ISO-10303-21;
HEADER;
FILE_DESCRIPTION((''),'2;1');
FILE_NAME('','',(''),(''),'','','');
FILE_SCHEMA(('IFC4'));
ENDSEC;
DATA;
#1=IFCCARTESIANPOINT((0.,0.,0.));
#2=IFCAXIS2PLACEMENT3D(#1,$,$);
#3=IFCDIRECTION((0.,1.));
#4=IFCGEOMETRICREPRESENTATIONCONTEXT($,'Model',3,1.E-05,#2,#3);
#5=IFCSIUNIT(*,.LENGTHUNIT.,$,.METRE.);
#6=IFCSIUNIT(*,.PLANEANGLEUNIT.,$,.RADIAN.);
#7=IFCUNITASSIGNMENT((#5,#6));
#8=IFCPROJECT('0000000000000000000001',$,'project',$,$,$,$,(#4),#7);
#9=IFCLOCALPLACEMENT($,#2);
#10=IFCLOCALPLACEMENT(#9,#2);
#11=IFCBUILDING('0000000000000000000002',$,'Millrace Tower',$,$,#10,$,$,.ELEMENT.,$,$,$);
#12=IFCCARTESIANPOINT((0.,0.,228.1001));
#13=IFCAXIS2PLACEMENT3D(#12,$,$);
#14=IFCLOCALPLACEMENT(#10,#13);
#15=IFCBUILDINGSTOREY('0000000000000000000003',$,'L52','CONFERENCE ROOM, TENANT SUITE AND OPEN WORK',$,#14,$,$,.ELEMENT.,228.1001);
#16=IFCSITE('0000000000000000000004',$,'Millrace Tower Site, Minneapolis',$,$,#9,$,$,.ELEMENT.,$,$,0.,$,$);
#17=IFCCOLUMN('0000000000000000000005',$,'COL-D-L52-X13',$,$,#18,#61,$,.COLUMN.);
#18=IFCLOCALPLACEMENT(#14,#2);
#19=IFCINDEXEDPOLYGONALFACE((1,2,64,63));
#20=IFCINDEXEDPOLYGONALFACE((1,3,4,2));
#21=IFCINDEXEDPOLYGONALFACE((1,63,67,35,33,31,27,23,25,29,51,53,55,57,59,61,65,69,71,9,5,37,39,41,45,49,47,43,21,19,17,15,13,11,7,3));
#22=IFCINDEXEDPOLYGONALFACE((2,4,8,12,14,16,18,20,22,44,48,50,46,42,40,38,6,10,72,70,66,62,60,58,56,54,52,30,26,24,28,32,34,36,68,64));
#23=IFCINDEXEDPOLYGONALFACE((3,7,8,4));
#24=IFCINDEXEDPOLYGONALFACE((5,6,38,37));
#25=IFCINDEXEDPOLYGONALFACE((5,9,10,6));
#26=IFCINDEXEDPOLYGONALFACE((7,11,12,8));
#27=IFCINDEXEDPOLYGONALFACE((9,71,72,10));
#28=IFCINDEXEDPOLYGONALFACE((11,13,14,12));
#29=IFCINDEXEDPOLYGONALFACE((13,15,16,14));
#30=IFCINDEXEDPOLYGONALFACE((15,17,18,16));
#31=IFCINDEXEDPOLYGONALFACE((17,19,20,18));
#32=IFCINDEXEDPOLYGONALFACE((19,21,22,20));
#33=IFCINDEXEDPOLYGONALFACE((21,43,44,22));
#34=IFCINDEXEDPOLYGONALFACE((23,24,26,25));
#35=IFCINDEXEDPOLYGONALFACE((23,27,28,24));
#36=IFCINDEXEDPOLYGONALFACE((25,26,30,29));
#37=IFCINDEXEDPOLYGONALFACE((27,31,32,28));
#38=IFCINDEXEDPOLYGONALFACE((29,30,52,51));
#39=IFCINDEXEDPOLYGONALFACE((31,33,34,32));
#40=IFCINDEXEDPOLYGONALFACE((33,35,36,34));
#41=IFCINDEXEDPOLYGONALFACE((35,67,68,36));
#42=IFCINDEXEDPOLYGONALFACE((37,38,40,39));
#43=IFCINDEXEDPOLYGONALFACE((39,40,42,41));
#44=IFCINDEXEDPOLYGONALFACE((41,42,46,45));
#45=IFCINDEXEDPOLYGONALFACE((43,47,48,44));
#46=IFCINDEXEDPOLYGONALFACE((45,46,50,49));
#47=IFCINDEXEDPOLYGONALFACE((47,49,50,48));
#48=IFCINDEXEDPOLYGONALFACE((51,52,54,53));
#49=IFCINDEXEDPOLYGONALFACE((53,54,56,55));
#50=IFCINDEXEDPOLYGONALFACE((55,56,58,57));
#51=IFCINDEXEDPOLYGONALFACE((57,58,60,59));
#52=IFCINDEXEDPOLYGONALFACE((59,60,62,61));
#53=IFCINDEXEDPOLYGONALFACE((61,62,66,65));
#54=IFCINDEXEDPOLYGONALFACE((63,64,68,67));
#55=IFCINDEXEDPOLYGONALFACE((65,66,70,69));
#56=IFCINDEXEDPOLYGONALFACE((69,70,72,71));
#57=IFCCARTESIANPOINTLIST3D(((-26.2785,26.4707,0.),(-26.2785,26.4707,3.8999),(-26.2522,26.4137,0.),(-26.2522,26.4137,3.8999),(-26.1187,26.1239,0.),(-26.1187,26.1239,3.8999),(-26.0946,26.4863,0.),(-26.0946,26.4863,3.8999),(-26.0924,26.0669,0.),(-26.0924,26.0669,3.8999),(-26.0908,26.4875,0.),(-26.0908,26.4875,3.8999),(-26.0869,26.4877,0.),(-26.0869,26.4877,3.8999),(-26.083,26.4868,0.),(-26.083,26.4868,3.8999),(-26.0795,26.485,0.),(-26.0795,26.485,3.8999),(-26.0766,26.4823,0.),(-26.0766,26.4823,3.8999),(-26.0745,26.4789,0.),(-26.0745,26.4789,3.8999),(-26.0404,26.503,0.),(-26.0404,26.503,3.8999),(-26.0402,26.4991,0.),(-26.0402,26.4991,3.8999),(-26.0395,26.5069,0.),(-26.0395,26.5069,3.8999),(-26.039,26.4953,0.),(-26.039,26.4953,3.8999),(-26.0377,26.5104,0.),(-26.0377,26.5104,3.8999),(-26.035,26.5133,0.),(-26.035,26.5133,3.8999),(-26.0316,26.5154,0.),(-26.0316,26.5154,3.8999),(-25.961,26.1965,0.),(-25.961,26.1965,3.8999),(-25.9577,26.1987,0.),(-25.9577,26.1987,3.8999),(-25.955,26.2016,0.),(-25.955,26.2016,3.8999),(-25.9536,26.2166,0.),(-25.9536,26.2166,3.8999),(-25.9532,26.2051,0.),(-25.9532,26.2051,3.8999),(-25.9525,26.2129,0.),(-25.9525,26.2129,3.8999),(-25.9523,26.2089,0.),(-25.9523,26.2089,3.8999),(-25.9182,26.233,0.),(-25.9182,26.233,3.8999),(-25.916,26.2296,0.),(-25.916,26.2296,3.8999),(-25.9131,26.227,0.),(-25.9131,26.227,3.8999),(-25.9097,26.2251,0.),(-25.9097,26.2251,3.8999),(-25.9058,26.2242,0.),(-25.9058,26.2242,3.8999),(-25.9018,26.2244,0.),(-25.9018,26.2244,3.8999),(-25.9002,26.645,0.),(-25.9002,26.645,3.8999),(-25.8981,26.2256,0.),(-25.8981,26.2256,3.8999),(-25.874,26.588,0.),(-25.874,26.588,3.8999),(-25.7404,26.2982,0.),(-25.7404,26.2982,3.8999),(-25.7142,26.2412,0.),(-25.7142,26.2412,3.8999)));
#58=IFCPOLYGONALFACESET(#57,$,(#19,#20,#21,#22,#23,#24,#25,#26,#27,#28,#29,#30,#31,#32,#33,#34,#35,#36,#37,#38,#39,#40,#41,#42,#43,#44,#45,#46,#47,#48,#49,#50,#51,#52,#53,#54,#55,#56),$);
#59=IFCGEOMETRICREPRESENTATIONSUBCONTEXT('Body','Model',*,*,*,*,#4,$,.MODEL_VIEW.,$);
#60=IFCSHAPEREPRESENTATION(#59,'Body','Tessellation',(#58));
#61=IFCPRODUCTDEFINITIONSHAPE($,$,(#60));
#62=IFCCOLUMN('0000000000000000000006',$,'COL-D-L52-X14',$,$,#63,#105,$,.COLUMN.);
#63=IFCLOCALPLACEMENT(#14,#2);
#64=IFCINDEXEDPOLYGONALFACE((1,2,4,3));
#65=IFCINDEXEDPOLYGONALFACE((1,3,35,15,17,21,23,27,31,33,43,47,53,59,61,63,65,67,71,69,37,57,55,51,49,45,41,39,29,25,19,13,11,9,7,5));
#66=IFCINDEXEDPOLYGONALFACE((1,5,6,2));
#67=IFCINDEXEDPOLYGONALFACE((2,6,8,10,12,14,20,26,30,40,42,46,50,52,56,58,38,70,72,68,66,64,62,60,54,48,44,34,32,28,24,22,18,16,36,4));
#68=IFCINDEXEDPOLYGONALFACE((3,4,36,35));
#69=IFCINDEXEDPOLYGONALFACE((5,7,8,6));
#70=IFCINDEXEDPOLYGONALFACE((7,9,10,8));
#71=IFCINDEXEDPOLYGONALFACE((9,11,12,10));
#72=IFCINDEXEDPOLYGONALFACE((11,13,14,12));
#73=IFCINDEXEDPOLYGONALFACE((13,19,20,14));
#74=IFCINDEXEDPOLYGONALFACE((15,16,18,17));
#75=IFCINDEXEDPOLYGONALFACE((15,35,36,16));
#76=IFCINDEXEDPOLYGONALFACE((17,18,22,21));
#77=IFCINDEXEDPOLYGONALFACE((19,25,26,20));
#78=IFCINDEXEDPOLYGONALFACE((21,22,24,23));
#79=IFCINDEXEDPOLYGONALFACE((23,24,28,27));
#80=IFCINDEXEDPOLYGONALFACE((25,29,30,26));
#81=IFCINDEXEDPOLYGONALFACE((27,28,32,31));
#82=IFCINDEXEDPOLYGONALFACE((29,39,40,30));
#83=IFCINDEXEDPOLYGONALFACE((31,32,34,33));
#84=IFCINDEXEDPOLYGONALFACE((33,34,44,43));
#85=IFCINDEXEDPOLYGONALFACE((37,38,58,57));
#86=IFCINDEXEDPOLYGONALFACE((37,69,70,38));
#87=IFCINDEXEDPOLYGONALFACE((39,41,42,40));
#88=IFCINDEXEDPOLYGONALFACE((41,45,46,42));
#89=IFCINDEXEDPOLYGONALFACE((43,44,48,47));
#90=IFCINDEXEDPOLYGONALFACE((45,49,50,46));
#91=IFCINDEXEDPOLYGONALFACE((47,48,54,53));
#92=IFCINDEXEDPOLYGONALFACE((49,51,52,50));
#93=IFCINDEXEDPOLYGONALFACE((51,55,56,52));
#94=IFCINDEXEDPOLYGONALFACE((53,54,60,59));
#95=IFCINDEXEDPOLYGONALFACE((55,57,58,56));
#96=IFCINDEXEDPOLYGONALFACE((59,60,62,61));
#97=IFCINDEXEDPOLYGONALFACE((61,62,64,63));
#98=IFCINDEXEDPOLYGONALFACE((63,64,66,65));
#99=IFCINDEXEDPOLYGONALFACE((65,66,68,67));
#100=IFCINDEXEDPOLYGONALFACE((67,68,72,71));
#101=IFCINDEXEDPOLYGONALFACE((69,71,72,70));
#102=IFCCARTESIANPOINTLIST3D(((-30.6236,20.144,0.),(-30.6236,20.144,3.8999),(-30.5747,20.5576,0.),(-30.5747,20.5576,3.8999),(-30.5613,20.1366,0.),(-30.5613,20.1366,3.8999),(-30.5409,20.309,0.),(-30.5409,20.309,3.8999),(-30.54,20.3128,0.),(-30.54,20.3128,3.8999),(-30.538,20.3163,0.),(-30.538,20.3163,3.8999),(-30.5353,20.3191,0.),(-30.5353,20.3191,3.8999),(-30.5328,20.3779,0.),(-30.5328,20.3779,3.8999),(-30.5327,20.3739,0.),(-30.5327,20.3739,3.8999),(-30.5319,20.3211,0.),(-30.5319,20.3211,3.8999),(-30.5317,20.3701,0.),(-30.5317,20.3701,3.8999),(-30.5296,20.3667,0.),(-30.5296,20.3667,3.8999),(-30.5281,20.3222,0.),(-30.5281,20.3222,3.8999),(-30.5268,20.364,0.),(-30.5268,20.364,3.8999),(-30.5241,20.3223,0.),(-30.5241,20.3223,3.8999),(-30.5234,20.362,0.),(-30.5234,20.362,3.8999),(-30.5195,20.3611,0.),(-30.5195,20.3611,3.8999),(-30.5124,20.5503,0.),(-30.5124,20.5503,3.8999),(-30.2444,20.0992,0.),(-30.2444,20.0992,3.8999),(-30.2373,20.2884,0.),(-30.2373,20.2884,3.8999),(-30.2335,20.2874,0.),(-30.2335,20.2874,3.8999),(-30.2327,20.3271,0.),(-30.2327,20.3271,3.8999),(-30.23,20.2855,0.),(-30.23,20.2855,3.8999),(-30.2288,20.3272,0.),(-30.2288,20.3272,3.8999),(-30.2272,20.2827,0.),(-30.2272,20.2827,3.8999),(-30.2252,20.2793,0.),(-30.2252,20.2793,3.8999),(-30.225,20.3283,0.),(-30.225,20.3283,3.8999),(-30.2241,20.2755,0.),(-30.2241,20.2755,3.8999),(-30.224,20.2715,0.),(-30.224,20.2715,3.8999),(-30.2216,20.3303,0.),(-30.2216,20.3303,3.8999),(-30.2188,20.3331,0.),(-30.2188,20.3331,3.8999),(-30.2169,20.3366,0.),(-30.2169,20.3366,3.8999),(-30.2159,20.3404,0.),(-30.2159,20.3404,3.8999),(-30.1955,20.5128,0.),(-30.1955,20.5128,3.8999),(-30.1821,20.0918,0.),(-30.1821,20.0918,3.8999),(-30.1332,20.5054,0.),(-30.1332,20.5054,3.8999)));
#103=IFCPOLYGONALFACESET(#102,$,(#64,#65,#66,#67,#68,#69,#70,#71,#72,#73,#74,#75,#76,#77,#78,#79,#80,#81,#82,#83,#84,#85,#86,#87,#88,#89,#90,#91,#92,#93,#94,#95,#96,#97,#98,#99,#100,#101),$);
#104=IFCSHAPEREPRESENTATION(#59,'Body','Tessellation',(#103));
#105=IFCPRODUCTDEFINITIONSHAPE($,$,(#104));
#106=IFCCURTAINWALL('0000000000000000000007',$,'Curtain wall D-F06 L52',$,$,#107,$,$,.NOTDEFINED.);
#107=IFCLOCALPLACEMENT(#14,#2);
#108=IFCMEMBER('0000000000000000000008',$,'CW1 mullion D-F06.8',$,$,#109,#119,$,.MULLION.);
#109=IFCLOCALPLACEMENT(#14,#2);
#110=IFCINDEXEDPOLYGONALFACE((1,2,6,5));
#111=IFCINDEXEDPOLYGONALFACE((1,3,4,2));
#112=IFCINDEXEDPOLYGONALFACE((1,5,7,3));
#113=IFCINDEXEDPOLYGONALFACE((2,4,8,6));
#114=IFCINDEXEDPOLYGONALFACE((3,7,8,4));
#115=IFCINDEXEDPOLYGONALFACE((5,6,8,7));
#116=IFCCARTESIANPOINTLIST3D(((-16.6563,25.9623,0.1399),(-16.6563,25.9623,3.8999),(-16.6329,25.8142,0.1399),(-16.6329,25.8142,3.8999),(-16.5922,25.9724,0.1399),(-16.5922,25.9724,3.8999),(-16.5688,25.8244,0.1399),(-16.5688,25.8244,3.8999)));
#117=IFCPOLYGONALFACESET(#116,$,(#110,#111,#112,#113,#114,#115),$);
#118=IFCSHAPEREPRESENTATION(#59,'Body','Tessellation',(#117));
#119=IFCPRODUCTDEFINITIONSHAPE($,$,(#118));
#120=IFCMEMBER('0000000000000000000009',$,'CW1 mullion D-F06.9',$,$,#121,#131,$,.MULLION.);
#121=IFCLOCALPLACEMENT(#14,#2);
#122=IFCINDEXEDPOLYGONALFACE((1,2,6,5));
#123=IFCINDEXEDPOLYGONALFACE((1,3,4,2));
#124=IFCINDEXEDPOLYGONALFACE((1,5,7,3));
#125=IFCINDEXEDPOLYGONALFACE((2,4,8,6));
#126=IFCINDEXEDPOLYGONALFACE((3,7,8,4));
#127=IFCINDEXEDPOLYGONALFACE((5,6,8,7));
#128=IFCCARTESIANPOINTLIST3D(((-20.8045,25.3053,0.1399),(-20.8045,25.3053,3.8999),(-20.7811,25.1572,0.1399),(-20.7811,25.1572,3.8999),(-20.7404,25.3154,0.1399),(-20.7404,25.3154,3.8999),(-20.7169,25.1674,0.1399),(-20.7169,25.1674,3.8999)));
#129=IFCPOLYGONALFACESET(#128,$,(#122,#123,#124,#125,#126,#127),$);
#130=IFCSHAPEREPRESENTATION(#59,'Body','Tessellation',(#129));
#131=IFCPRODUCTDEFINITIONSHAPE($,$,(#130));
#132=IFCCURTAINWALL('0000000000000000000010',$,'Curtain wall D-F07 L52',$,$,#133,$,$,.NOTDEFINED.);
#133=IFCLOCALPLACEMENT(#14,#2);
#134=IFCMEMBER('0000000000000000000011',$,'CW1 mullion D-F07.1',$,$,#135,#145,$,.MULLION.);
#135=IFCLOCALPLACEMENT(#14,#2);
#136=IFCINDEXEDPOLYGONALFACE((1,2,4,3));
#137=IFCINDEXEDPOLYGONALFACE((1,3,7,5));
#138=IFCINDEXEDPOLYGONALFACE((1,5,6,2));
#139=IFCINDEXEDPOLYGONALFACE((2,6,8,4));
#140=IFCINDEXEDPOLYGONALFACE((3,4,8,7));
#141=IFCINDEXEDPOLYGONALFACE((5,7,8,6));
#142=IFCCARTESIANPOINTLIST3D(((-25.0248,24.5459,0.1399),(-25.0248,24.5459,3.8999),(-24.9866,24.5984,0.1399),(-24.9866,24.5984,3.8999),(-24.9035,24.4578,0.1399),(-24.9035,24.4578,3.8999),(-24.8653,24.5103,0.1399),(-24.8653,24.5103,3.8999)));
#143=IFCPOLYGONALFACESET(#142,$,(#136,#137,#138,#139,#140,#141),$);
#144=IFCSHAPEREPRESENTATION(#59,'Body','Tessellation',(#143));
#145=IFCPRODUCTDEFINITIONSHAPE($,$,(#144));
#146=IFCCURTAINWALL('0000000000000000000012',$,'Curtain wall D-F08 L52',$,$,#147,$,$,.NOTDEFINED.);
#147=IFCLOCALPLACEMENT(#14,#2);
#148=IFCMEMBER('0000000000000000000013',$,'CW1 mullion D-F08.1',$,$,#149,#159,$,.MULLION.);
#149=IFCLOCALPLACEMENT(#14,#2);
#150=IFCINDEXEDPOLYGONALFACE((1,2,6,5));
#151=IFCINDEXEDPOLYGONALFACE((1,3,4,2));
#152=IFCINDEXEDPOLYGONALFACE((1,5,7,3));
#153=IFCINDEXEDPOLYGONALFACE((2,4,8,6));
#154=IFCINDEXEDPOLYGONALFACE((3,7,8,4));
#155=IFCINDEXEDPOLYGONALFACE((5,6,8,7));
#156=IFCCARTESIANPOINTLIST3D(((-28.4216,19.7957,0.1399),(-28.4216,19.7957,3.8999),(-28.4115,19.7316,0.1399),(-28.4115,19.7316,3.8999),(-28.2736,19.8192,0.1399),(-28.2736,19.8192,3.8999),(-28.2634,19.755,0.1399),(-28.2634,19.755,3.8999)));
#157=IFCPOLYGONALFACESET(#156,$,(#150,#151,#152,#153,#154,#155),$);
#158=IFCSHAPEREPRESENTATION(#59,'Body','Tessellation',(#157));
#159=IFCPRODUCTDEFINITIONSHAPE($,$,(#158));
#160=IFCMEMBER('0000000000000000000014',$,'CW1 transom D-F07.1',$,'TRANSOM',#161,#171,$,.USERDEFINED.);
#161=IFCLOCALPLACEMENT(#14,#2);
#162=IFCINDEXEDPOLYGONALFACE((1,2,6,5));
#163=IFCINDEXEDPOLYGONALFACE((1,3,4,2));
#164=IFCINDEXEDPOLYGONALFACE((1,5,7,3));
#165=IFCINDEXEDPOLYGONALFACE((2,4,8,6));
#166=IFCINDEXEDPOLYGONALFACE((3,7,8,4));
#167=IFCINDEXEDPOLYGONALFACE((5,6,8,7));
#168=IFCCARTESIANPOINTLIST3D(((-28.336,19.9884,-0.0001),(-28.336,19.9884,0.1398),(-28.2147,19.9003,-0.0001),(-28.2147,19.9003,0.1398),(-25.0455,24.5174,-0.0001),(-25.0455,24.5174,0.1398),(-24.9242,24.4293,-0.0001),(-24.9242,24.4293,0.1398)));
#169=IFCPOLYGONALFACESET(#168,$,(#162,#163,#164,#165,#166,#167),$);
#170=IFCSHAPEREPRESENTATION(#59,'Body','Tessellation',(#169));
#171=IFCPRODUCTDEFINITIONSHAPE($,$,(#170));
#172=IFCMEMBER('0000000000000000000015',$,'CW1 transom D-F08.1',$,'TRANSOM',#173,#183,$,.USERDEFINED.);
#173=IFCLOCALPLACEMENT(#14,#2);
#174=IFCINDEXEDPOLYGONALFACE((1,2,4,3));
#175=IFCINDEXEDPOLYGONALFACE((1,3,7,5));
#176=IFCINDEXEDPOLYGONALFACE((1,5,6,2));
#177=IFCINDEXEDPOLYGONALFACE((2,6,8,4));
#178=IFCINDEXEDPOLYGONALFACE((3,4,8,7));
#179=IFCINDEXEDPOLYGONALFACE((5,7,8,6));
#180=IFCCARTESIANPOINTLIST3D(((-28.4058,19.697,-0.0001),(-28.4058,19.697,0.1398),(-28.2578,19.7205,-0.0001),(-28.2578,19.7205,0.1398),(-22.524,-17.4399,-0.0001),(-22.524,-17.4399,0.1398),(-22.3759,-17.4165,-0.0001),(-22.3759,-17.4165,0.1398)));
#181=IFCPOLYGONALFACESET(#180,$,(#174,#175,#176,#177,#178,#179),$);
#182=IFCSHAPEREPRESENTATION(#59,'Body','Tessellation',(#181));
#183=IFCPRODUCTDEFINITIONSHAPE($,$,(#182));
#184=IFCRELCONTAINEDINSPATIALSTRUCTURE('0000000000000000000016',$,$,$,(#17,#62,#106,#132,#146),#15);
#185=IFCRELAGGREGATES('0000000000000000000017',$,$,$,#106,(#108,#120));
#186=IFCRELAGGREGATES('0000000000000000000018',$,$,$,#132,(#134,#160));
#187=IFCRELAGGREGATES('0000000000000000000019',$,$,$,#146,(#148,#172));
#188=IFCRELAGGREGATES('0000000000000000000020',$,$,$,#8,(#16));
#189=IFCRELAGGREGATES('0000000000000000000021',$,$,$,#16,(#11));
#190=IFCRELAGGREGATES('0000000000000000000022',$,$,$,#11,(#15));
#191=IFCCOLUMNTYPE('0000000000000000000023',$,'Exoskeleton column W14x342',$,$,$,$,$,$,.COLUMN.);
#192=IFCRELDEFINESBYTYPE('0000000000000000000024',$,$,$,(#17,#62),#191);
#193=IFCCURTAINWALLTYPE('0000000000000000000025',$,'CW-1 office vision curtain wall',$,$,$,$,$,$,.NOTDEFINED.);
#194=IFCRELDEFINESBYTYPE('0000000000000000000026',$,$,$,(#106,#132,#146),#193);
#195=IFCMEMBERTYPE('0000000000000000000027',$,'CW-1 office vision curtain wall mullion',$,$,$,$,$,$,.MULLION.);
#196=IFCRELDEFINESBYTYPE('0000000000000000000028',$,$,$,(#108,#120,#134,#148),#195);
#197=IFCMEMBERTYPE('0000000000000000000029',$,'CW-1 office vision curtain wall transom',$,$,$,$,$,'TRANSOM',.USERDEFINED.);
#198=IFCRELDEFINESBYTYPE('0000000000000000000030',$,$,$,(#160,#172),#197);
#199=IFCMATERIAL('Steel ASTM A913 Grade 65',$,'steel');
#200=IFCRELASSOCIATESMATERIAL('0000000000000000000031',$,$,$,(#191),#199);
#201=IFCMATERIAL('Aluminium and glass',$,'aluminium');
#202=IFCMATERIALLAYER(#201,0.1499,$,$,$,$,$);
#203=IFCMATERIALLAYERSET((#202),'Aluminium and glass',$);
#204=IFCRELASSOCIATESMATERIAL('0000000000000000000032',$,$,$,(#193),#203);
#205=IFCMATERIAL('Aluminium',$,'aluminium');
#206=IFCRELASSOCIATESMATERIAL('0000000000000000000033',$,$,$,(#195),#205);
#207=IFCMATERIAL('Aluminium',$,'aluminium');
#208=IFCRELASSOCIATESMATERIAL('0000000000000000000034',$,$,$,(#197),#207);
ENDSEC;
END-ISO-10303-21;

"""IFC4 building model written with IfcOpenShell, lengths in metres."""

from ifc_helpers import new_model, si_unit, direction, frame, origin, origin_2d, place, context, subcontext, project, spatial, rectangle, i_section, extrude, material, layer, layer_set, material_profile, profile_set, type_object, element, aggregate, save


model = new_model("IFC4")

# Units and contexts
model_context = context("Model", 3, precision=1e-05, world=origin(), true_north=direction((0.0, 1.0)))
body_context = subcontext(model_context, "Body", "Model", "MODEL_VIEW")
ifc_project = project(units=[si_unit("LENGTHUNIT", "METRE"), si_unit("PLANEANGLEUNIT", "RADIAN")], contexts=[model_context])

# Site, building, storey
site_placement = place(None, origin())
site = spatial("IfcSite", under=ifc_project, at=site_placement, Name="Millrace Tower Site, Minneapolis", CompositionType="ELEMENT", RefElevation=0.0)
building_placement = place(site_placement, origin())
building = spatial("IfcBuilding", under=site, at=building_placement, Name="Millrace Tower", CompositionType="ELEMENT")
storey_placement = place(building_placement, frame((0.0, 0.0, 228.1001)))
storey = spatial("IfcBuildingStorey", under=building, at=storey_placement, Name="L52", Description="CONFERENCE ROOM, TENANT SUITE AND OPEN WORK", CompositionType="ELEMENT", Elevation=228.1001)

# Columns
ifc_material_1 = material(Name="Steel ASTM A913 Grade 65", Category="steel")
ifc_material_profile_1 = material_profile(ifc_material_1, i_section(OverallWidth=0.4165, OverallDepth=0.4446, WebThickness=0.0391, FlangeThickness=0.0627, FilletRadius=0.0151, at=origin_2d()))
ifc_profile_set_1 = profile_set([ifc_material_profile_1], Name="Steel ASTM A913 Grade 65")
column_type = type_object("IfcColumnType", Name="Exoskeleton column W14x342", PredefinedType="COLUMN", material=ifc_profile_set_1)
for number, where, z_axis, x_axis, name in (
    (1, (-25.9963, 26.356, 0.0), (0.0, 0.0, 1.0), (-0.908192, -0.418553, 0.0), "COL-D-L52-X13"),
    (2, (-30.3784, 20.3247, 0.0), (0.0, 0.0, 1.0), (-0.117421, -0.993082, 0.0), "COL-D-L52-X14"),
):
    element("IfcColumn", number, at=place(storey_placement, frame(where, z_axis=z_axis, x_axis=x_axis)), inside=storey, type_object=column_type, Name=name, PredefinedType="COLUMN", context=body_context, shape_type="SweptSolid", body=[
        extrude(i_section(OverallWidth=0.4165, OverallDepth=0.4446, WebThickness=0.0391, FlangeThickness=0.0627, FilletRadius=0.0151, at=origin_2d()), origin(), (0.0, 0.0, 1.0), 3.8999),
    ])

# Curtain wall, members
ifc_material_2 = material(Name="Aluminium and glass", Category="aluminium")
ifc_layer_1 = layer(ifc_material_2, 0.1499)
ifc_layer_set_1 = layer_set([ifc_layer_1], Name="Aluminium and glass")
curtain_wall_type = type_object("IfcCurtainWallType", Name="CW-1 office vision curtain wall", PredefinedType="NOTDEFINED", material=ifc_layer_set_1)
placement = place(storey_placement, origin())
curtain_wall_1 = element("IfcCurtainWall", 3, at=placement, inside=storey, type_object=curtain_wall_type, Name="Curtain wall D-F06 L52", PredefinedType="NOTDEFINED")
ifc_material_3 = material(Name="Aluminium", Category="aluminium")
ifc_material_profile_2 = material_profile(ifc_material_3, rectangle(XDim=0.0649, YDim=0.1499, at=origin_2d()))
ifc_profile_set_2 = profile_set([ifc_material_profile_2], Name="Aluminium")
member_type_1 = type_object("IfcMemberType", Name="CW-1 office vision curtain wall mullion", PredefinedType="MULLION", material=ifc_profile_set_2)
member_1_placement = place(storey_placement, frame((-16.6125, 25.8933, 0.1399), z_axis=(0.0, 0.0, 1.0), x_axis=(-0.987688, -0.156434, 0.0)))
member_1 = element("IfcMember", 4, at=member_1_placement, type_object=member_type_1, Name="CW1 mullion D-F06.8", PredefinedType="MULLION", context=body_context, shape_type="SweptSolid", body=[
    extrude(rectangle(XDim=0.0649, YDim=0.1499, at=origin_2d()), origin(), (0.0, 0.0, 1.0), 3.76),
])
member_2_placement = place(storey_placement, frame((-20.7607, 25.2363, 0.1399), z_axis=(0.0, 0.0, 1.0), x_axis=(-0.987688, -0.156434, 0.0)))
member_2 = element("IfcMember", 5, at=member_2_placement, type_object=member_type_1, Name="CW1 mullion D-F06.9", PredefinedType="MULLION", context=body_context, shape_type="SweptSolid", body=[
    extrude(rectangle(XDim=0.0649, YDim=0.1499, at=origin_2d()), origin(), (0.0, 0.0, 1.0), 3.76),
])
aggregate(curtain_wall_1, [member_1, member_2])

# Curtain walls, members
curtain_wall_2 = element("IfcCurtainWall", 6, at=placement, inside=storey, type_object=curtain_wall_type, Name="Curtain wall D-F07 L52", PredefinedType="NOTDEFINED")
member_3_placement = place(storey_placement, frame((-24.9451, 24.5281, 0.1399), z_axis=(0.0, 0.0, 1.0), x_axis=(-0.587785, -0.809017, 0.0)))
member_3 = element("IfcMember", 7, at=member_3_placement, type_object=member_type_1, Name="CW1 mullion D-F07.1", PredefinedType="MULLION", context=body_context, shape_type="SweptSolid", body=[
    extrude(rectangle(XDim=0.0649, YDim=0.1499, at=origin_2d()), origin(), (0.0, 0.0, 1.0), 3.76),
])
curtain_wall_3 = element("IfcCurtainWall", 8, at=placement, inside=storey, type_object=curtain_wall_type, Name="Curtain wall D-F08 L52", PredefinedType="NOTDEFINED")
member_4_placement = place(storey_placement, frame((-28.3425, 19.7754, 0.1399), z_axis=(0.0, 0.0, 1.0), x_axis=(0.156434, -0.987688, 0.0)))
member_4 = element("IfcMember", 9, at=member_4_placement, type_object=member_type_1, Name="CW1 mullion D-F08.1", PredefinedType="MULLION", context=body_context, shape_type="SweptSolid", body=[
    extrude(rectangle(XDim=0.0649, YDim=0.1499, at=origin_2d()), origin(), (0.0, 0.0, 1.0), 3.76),
])

# Members
ifc_material_4 = material(Name="Aluminium", Category="aluminium")
ifc_material_profile_3 = material_profile(ifc_material_4, rectangle(XDim=0.1499, YDim=0.1399, at=origin_2d()))
ifc_profile_set_3 = profile_set([ifc_material_profile_3], Name="Aluminium")
member_type_2 = type_object("IfcMemberType", Name="CW-1 office vision curtain wall transom", ElementType="TRANSOM", PredefinedType="USERDEFINED", material=ifc_profile_set_3)
member_5_placement = place(storey_placement, frame((-24.9849, 24.4734, 0.0698), z_axis=(-0.587783, -0.809019, 0.0), x_axis=(0.809019, -0.587783, 0.0)))
member_5 = element("IfcMember", 10, at=member_5_placement, type_object=member_type_2, Name="CW1 transom D-F07.1", ObjectType="TRANSOM", PredefinedType="USERDEFINED", context=body_context, shape_type="SweptSolid", body=[
    extrude(rectangle(XDim=0.1499, YDim=0.1399, at=origin_2d()), origin(), (0.0, 0.0, 1.0), 5.5981),
])
aggregate(curtain_wall_2, [member_3, member_5])
member_6_placement = place(storey_placement, frame((-28.3318, 19.7087, 0.0698), z_axis=(0.156432, -0.987689, 0.0), x_axis=(0.987689, 0.156432, 0.0)))
member_6 = element("IfcMember", 11, at=member_6_placement, type_object=member_type_2, Name="CW1 transom D-F08.1", ObjectType="TRANSOM", PredefinedType="USERDEFINED", context=body_context, shape_type="SweptSolid", body=[
    extrude(rectangle(XDim=0.1499, YDim=0.1399, at=origin_2d()), origin(), (0.0, 0.0, 1.0), 37.5999),
])
aggregate(curtain_wall_3, [member_4, member_6])

save(model, "model.ifc")
